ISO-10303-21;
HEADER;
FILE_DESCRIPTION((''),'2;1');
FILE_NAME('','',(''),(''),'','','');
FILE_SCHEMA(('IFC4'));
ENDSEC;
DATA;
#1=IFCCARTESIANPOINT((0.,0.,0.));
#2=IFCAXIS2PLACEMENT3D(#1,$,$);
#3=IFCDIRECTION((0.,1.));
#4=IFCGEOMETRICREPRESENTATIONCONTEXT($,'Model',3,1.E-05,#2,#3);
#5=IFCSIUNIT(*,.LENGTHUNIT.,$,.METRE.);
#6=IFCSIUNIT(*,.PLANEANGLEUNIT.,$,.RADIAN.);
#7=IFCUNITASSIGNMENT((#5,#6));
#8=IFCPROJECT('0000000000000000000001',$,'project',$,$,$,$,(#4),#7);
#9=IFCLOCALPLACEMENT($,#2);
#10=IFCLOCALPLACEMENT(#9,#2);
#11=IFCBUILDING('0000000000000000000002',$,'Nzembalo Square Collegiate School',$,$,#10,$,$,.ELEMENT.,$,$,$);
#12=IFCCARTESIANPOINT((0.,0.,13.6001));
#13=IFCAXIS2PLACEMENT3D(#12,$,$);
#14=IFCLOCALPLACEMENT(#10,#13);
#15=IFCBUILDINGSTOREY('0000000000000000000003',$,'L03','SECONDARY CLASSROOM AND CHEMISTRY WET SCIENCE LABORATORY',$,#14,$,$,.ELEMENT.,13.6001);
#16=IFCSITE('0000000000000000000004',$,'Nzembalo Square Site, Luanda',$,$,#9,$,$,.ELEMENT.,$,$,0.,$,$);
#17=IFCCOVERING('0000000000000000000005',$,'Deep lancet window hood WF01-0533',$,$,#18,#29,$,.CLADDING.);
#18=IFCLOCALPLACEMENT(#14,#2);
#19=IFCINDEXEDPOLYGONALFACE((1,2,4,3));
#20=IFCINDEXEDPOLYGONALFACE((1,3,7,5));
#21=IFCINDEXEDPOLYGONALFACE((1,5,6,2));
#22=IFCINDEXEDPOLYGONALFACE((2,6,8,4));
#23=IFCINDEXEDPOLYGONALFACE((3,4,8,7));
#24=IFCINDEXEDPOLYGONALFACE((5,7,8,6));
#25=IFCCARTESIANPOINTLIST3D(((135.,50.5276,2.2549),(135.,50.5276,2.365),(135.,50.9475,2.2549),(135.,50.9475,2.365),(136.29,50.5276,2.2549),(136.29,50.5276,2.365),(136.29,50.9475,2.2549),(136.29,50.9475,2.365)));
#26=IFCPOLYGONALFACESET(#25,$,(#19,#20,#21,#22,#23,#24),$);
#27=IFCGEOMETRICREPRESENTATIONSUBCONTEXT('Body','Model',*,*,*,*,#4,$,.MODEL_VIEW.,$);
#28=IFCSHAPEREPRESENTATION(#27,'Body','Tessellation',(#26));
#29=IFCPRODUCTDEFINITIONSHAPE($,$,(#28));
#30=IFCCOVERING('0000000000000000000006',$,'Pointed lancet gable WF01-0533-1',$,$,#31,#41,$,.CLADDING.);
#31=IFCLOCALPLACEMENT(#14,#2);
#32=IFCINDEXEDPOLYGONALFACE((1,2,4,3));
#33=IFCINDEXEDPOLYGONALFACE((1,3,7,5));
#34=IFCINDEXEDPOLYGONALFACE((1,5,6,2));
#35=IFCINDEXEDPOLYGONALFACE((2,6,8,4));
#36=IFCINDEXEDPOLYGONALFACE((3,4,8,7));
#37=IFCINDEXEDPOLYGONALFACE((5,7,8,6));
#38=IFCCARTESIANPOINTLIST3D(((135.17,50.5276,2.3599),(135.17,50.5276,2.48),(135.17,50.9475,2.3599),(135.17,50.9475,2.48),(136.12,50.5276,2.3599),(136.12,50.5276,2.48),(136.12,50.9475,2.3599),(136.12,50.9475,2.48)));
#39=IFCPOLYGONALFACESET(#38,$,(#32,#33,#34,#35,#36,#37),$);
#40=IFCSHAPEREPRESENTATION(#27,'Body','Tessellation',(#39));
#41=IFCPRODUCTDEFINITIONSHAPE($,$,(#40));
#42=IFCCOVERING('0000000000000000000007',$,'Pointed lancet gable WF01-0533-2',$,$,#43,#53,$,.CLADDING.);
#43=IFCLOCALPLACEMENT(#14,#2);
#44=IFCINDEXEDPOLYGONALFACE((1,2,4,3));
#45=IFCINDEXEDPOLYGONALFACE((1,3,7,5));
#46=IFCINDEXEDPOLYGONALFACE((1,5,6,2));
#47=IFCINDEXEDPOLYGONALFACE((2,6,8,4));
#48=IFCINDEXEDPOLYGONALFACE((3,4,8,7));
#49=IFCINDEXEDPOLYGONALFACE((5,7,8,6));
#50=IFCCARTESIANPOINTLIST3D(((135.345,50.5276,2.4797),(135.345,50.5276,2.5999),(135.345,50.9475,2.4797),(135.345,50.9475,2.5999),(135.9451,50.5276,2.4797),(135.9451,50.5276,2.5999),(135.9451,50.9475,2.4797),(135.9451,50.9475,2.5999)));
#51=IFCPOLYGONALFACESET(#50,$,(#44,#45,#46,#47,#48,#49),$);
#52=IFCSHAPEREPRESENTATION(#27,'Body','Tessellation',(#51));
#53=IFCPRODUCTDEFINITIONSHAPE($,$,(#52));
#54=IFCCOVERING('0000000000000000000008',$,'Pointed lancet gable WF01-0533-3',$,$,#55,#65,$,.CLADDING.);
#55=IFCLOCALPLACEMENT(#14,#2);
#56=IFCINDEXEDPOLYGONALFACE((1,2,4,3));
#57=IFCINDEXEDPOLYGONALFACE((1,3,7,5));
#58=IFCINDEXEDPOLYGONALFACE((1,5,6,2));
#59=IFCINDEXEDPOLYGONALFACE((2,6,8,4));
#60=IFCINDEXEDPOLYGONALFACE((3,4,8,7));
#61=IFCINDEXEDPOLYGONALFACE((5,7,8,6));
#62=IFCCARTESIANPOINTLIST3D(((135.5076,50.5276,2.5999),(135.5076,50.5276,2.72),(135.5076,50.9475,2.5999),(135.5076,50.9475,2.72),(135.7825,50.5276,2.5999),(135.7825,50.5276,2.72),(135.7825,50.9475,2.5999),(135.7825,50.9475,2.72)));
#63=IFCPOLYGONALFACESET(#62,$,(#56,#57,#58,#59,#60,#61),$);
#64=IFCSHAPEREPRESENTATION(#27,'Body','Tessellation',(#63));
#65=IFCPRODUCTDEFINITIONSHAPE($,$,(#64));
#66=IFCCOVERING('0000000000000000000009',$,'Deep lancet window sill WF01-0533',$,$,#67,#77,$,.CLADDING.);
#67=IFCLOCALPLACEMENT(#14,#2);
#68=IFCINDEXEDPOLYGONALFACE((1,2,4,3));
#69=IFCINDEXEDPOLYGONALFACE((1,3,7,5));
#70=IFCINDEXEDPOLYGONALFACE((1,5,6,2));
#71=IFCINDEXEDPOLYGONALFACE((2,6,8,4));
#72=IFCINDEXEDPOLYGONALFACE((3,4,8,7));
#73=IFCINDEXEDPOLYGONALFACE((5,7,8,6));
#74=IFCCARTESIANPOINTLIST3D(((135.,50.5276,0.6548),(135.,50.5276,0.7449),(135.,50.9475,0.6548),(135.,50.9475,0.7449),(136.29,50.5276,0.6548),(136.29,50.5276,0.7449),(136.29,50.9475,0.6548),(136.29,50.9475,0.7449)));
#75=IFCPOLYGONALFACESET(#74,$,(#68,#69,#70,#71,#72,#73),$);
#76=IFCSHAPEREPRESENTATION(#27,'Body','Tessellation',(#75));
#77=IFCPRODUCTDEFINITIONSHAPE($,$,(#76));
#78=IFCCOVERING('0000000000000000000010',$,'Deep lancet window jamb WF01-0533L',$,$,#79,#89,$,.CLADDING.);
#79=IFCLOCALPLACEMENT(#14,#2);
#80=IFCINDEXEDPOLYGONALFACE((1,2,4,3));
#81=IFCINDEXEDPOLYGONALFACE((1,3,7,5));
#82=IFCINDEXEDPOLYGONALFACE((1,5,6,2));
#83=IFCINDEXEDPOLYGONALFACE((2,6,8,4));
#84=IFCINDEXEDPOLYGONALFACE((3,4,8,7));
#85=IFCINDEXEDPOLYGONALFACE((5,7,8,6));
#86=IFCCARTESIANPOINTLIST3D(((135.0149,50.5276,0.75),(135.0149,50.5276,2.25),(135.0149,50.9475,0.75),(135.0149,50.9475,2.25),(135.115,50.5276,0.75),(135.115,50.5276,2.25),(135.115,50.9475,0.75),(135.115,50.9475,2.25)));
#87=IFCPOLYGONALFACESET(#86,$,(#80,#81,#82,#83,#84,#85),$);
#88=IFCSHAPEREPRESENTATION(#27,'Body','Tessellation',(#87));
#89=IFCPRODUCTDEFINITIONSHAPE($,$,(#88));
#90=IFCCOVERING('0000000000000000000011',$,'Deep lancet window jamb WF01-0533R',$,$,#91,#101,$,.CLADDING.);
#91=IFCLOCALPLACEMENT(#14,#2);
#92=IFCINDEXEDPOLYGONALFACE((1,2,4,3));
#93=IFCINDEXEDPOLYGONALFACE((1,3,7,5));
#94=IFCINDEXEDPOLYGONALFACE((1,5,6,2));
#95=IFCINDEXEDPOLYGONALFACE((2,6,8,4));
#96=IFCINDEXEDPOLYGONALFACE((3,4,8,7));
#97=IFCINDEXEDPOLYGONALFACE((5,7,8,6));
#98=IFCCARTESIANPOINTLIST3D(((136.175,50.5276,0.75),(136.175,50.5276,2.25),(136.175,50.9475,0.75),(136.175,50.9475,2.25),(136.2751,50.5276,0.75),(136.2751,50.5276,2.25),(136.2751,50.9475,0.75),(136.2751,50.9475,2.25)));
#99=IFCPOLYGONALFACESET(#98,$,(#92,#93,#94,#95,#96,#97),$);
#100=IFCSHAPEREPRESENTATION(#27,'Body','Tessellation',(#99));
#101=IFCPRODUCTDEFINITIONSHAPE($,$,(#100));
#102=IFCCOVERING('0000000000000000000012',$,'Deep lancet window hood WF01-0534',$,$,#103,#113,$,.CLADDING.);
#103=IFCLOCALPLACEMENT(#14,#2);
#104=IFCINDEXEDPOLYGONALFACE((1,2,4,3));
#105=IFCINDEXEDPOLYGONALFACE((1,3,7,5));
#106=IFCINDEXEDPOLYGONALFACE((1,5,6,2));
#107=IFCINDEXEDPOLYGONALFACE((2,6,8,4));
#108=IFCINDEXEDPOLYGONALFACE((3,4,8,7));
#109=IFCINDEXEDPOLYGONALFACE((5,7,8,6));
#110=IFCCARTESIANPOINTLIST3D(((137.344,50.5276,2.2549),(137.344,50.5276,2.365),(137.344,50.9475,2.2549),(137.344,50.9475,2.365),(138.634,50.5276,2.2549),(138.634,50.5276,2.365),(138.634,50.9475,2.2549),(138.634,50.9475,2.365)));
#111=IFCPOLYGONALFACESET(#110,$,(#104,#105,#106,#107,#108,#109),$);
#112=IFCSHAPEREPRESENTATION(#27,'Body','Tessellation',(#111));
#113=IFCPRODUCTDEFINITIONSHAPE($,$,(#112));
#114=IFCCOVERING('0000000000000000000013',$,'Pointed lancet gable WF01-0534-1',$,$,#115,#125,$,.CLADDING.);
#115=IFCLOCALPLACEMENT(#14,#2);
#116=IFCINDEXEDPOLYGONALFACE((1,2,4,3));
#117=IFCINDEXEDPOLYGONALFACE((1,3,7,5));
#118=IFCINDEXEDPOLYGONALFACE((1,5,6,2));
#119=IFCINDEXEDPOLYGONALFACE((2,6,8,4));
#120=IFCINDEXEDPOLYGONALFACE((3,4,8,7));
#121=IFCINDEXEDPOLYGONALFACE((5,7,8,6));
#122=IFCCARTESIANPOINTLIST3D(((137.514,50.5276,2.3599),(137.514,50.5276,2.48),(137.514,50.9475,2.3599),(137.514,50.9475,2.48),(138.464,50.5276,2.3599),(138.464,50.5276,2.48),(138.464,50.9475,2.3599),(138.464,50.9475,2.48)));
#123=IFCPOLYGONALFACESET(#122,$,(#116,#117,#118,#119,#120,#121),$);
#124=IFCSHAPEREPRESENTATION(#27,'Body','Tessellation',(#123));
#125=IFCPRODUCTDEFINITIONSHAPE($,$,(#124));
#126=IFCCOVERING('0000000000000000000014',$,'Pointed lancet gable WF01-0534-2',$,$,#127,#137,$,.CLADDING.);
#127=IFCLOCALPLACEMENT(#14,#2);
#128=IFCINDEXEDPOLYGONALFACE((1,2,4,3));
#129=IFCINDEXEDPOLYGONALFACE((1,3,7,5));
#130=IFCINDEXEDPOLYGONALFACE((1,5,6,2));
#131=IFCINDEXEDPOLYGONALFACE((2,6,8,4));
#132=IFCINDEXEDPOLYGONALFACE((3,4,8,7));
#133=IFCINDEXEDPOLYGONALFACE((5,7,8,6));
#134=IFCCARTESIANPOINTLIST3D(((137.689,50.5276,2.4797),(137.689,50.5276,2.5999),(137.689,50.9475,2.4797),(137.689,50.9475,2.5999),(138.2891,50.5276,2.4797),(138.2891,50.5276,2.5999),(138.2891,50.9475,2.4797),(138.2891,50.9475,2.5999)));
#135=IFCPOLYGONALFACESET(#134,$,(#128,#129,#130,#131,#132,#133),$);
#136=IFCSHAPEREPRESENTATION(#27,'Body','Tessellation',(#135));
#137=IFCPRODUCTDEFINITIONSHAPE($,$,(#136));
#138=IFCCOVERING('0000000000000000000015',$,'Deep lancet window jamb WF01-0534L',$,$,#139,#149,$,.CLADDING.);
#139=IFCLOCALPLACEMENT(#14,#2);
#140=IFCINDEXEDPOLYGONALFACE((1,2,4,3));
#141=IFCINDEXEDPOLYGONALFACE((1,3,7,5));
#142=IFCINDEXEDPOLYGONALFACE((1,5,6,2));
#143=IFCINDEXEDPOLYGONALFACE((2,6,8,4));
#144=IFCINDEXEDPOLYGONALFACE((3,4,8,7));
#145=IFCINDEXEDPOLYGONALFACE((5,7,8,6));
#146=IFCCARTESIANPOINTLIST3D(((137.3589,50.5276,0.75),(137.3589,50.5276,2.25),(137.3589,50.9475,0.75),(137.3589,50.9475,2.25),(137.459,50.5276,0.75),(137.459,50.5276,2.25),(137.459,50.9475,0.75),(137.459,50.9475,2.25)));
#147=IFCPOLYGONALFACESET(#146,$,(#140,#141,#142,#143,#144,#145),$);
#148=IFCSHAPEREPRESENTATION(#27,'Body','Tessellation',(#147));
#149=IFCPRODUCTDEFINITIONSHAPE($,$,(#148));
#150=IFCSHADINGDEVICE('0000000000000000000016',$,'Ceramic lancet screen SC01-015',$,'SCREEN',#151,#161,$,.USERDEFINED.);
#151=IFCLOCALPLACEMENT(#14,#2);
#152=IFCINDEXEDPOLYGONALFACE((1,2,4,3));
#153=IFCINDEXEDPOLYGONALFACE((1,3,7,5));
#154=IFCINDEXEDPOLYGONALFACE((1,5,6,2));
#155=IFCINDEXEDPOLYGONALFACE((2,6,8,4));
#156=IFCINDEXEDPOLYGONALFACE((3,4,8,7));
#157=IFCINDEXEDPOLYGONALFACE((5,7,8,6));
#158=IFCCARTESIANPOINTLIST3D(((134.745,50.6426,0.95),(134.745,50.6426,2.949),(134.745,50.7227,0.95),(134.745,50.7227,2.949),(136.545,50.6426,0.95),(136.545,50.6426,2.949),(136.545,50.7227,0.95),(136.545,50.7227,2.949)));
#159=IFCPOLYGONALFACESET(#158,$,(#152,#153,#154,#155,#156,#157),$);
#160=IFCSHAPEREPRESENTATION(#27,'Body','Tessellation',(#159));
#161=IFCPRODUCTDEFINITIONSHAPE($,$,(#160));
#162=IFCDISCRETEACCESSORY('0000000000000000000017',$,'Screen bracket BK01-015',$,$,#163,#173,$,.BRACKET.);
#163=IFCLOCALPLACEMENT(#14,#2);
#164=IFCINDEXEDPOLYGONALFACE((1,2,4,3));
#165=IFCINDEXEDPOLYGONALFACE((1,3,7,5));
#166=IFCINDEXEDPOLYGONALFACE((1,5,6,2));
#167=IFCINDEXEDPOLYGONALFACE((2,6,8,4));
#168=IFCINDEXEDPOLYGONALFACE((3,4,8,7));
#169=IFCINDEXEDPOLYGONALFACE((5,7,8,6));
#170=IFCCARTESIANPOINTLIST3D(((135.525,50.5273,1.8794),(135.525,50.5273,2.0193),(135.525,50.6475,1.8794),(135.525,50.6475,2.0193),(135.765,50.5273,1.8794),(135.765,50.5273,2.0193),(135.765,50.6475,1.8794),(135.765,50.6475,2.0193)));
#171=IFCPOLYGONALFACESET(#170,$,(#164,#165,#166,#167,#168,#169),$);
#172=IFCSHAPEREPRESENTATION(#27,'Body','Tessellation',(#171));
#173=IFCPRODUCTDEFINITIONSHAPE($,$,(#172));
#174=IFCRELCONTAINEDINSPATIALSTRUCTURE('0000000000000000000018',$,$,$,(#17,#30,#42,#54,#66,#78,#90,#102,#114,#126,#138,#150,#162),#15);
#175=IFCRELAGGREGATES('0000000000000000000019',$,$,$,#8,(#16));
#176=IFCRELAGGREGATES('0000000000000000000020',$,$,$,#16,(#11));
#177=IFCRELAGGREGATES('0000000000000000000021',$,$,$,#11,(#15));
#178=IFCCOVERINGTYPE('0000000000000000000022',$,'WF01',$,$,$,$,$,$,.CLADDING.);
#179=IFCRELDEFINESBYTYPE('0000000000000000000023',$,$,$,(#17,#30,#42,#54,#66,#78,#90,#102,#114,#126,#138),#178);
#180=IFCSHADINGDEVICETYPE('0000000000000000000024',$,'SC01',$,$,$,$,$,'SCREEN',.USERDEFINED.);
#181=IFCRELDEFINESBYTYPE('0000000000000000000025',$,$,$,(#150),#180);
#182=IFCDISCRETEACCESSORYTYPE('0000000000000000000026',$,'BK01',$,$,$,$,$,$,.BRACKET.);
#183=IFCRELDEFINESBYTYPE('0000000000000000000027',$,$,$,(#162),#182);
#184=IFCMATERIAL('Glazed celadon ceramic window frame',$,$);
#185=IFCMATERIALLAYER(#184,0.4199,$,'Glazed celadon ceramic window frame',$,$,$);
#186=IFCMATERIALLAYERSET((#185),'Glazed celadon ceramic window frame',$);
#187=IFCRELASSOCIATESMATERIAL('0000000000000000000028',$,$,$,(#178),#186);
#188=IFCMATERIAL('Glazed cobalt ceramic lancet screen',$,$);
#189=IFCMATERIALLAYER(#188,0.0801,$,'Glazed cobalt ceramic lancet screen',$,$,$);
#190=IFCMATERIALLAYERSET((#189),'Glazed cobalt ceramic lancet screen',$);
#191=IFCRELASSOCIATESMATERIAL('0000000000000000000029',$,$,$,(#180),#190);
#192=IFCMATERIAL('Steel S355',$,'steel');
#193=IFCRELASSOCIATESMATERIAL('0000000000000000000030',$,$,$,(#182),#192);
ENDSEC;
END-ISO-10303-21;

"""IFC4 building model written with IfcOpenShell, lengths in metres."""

from ifc_helpers import new_model, si_unit, direction, frame, origin, origin_2d, place, context, subcontext, project, spatial, rectangle, extrude, material, layer, layer_set, type_object, element, save


model = new_model("IFC4")

# Units and contexts
model_context = context("Model", 3, precision=1e-05, world=origin(), true_north=direction((0.0, 1.0)))
body_context = subcontext(model_context, "Body", "Model", "MODEL_VIEW")
ifc_project = project(units=[si_unit("LENGTHUNIT", "METRE"), si_unit("PLANEANGLEUNIT", "RADIAN")], contexts=[model_context])

# Site, building, storey
site_placement = place(None, origin())
site = spatial("IfcSite", under=ifc_project, at=site_placement, Name="Nzembalo Square Site, Luanda", CompositionType="ELEMENT", RefElevation=0.0)
building_placement = place(site_placement, origin())
building = spatial("IfcBuilding", under=site, at=building_placement, Name="Nzembalo Square Collegiate School", CompositionType="ELEMENT")
storey_placement = place(building_placement, frame((0.0, 0.0, 13.6001)))
storey = spatial("IfcBuildingStorey", under=building, at=storey_placement, Name="L03", Description="SECONDARY CLASSROOM AND CHEMISTRY WET SCIENCE LABORATORY", CompositionType="ELEMENT", Elevation=13.6001)

# Coverings
ifc_material_1 = material(Name="Glazed celadon ceramic window frame")
ifc_layer_1 = layer(ifc_material_1, 0.4199, Name="Glazed celadon ceramic window frame")
ifc_layer_set_1 = layer_set([ifc_layer_1], Name="Glazed celadon ceramic window frame")
covering_type_1 = type_object("IfcCoveringType", Name="WF01", PredefinedType="CLADDING", material=ifc_layer_set_1)
covering_1_placement = place(storey_placement, frame((135.645, 50.7375, 2.2549), z_axis=(0.0, 0.0, 1.0), x_axis=(1.0, 0.0, 0.0)))
element("IfcCovering", 1, at=covering_1_placement, inside=storey, type_object=covering_type_1, Name="Deep lancet window hood WF01-0533", PredefinedType="CLADDING", context=body_context, shape_type="SweptSolid", body=[
    extrude(rectangle(XDim=1.29, YDim=0.4199, at=origin_2d()), origin(), (0.0, 0.0, 1.0), 0.1101),
])
covering_2_placement = place(storey_placement, frame((135.645, 50.7375, 2.3599), z_axis=(0.0, 0.0, 1.0), x_axis=(1.0, 0.0, 0.0)))
element("IfcCovering", 2, at=covering_2_placement, inside=storey, type_object=covering_type_1, Name="Pointed lancet gable WF01-0533-1", PredefinedType="CLADDING", context=body_context, shape_type="SweptSolid", body=[
    extrude(rectangle(XDim=0.95, YDim=0.4199, at=origin_2d()), origin(), (0.0, 0.0, 1.0), 0.1201),
])
covering_3_placement = place(storey_placement, frame((135.645, 50.7375, 2.4797), z_axis=(0.0, 0.0, 1.0), x_axis=(1.0, 0.0, 0.0)))
element("IfcCovering", 3, at=covering_3_placement, inside=storey, type_object=covering_type_1, Name="Pointed lancet gable WF01-0533-2", PredefinedType="CLADDING", context=body_context, shape_type="SweptSolid", body=[
    extrude(rectangle(XDim=0.6001, YDim=0.4199, at=origin_2d()), origin(), (0.0, 0.0, 1.0), 0.1201),
])
covering_4_placement = place(storey_placement, frame((135.645, 50.7375, 2.5999), z_axis=(0.0, 0.0, 1.0), x_axis=(1.0, 0.0, 0.0)))
element("IfcCovering", 4, at=covering_4_placement, inside=storey, type_object=covering_type_1, Name="Pointed lancet gable WF01-0533-3", PredefinedType="CLADDING", context=body_context, shape_type="SweptSolid", body=[
    extrude(rectangle(XDim=0.2749, YDim=0.4199, at=origin_2d()), origin(), (0.0, 0.0, 1.0), 0.1201),
])
covering_5_placement = place(storey_placement, frame((135.645, 50.7375, 0.6548), z_axis=(0.0, 0.0, 1.0), x_axis=(1.0, 0.0, 0.0)))
element("IfcCovering", 5, at=covering_5_placement, inside=storey, type_object=covering_type_1, Name="Deep lancet window sill WF01-0533", PredefinedType="CLADDING", context=body_context, shape_type="SweptSolid", body=[
    extrude(rectangle(XDim=1.29, YDim=0.4199, at=origin_2d()), origin(), (0.0, 0.0, 1.0), 0.0901),
])
for number, where, z_axis, x_axis, name in (
    (6, (135.0649, 50.7375, 0.75), (0.0, 0.0, 1.0), (1.0, 0.0, 0.0), "Deep lancet window jamb WF01-0533L"),
    (7, (136.2251, 50.7375, 0.75), (0.0, 0.0, 1.0), (1.0, 0.0, 0.0), "Deep lancet window jamb WF01-0533R"),
):
    element("IfcCovering", number, at=place(storey_placement, frame(where, z_axis=z_axis, x_axis=x_axis)), inside=storey, type_object=covering_type_1, Name=name, PredefinedType="CLADDING", context=body_context, shape_type="SweptSolid", body=[
        extrude(rectangle(XDim=0.1001, YDim=0.4199, at=origin_2d()), origin(), (0.0, 0.0, 1.0), 1.5),
    ])
covering_6_placement = place(storey_placement, frame((137.989, 50.7375, 2.2549), z_axis=(0.0, 0.0, 1.0), x_axis=(1.0, 0.0, 0.0)))
element("IfcCovering", 8, at=covering_6_placement, inside=storey, type_object=covering_type_1, Name="Deep lancet window hood WF01-0534", PredefinedType="CLADDING", context=body_context, shape_type="SweptSolid", body=[
    extrude(rectangle(XDim=1.29, YDim=0.4199, at=origin_2d()), origin(), (0.0, 0.0, 1.0), 0.1101),
])
covering_7_placement = place(storey_placement, frame((137.989, 50.7375, 2.3599), z_axis=(0.0, 0.0, 1.0), x_axis=(1.0, 0.0, 0.0)))
element("IfcCovering", 9, at=covering_7_placement, inside=storey, type_object=covering_type_1, Name="Pointed lancet gable WF01-0534-1", PredefinedType="CLADDING", context=body_context, shape_type="SweptSolid", body=[
    extrude(rectangle(XDim=0.95, YDim=0.4199, at=origin_2d()), origin(), (0.0, 0.0, 1.0), 0.1201),
])
covering_8_placement = place(storey_placement, frame((137.989, 50.7375, 2.4797), z_axis=(0.0, 0.0, 1.0), x_axis=(1.0, 0.0, 0.0)))
element("IfcCovering", 10, at=covering_8_placement, inside=storey, type_object=covering_type_1, Name="Pointed lancet gable WF01-0534-2", PredefinedType="CLADDING", context=body_context, shape_type="SweptSolid", body=[
    extrude(rectangle(XDim=0.6001, YDim=0.4199, at=origin_2d()), origin(), (0.0, 0.0, 1.0), 0.1201),
])
covering_9_placement = place(storey_placement, frame((137.4089, 50.7375, 0.75), z_axis=(0.0, 0.0, 1.0), x_axis=(1.0, 0.0, 0.0)))
element("IfcCovering", 11, at=covering_9_placement, inside=storey, type_object=covering_type_1, Name="Deep lancet window jamb WF01-0534L", PredefinedType="CLADDING", context=body_context, shape_type="SweptSolid", body=[
    extrude(rectangle(XDim=0.1001, YDim=0.4199, at=origin_2d()), origin(), (0.0, 0.0, 1.0), 1.5),
])

# Shading device
ifc_material_2 = material(Name="Glazed cobalt ceramic lancet screen")
ifc_layer_2 = layer(ifc_material_2, 0.0801, Name="Glazed cobalt ceramic lancet screen")
ifc_layer_set_2 = layer_set([ifc_layer_2], Name="Glazed cobalt ceramic lancet screen")
shading_device_type = type_object("IfcShadingDeviceType", Name="SC01", ElementType="SCREEN", PredefinedType="USERDEFINED", material=ifc_layer_set_2)
shading_device_placement = place(storey_placement, frame((135.645, 50.6826, 0.95), z_axis=(0.0, 0.0, 1.0), x_axis=(1.0, 0.0, 0.0)))
element("IfcShadingDevice", 12, at=shading_device_placement, inside=storey, type_object=shading_device_type, Name="Ceramic lancet screen SC01-015", ObjectType="SCREEN", PredefinedType="USERDEFINED", context=body_context, shape_type="SweptSolid", body=[
    extrude(rectangle(XDim=1.8, YDim=0.0801, at=origin_2d()), origin(), (0.0, 0.0, 1.0), 1.999),
])

# Discrete accessory
ifc_material_3 = material(Name="Steel S355", Category="steel")
discrete_accessory_type = type_object("IfcDiscreteAccessoryType", Name="BK01", PredefinedType="BRACKET", material=ifc_material_3)
discrete_accessory_placement = place(storey_placement, frame((135.645, 50.5874, 1.8794), z_axis=(0.0, 0.0, 1.0), x_axis=(1.0, 0.0, 0.0)))
element("IfcDiscreteAccessory", 13, at=discrete_accessory_placement, inside=storey, type_object=discrete_accessory_type, Name="Screen bracket BK01-015", PredefinedType="BRACKET", context=body_context, shape_type="SweptSolid", body=[
    extrude(rectangle(XDim=0.24, YDim=0.1201, at=origin_2d()), origin(), (0.0, 0.0, 1.0), 0.1399),
])

save(model, "model.ifc")
